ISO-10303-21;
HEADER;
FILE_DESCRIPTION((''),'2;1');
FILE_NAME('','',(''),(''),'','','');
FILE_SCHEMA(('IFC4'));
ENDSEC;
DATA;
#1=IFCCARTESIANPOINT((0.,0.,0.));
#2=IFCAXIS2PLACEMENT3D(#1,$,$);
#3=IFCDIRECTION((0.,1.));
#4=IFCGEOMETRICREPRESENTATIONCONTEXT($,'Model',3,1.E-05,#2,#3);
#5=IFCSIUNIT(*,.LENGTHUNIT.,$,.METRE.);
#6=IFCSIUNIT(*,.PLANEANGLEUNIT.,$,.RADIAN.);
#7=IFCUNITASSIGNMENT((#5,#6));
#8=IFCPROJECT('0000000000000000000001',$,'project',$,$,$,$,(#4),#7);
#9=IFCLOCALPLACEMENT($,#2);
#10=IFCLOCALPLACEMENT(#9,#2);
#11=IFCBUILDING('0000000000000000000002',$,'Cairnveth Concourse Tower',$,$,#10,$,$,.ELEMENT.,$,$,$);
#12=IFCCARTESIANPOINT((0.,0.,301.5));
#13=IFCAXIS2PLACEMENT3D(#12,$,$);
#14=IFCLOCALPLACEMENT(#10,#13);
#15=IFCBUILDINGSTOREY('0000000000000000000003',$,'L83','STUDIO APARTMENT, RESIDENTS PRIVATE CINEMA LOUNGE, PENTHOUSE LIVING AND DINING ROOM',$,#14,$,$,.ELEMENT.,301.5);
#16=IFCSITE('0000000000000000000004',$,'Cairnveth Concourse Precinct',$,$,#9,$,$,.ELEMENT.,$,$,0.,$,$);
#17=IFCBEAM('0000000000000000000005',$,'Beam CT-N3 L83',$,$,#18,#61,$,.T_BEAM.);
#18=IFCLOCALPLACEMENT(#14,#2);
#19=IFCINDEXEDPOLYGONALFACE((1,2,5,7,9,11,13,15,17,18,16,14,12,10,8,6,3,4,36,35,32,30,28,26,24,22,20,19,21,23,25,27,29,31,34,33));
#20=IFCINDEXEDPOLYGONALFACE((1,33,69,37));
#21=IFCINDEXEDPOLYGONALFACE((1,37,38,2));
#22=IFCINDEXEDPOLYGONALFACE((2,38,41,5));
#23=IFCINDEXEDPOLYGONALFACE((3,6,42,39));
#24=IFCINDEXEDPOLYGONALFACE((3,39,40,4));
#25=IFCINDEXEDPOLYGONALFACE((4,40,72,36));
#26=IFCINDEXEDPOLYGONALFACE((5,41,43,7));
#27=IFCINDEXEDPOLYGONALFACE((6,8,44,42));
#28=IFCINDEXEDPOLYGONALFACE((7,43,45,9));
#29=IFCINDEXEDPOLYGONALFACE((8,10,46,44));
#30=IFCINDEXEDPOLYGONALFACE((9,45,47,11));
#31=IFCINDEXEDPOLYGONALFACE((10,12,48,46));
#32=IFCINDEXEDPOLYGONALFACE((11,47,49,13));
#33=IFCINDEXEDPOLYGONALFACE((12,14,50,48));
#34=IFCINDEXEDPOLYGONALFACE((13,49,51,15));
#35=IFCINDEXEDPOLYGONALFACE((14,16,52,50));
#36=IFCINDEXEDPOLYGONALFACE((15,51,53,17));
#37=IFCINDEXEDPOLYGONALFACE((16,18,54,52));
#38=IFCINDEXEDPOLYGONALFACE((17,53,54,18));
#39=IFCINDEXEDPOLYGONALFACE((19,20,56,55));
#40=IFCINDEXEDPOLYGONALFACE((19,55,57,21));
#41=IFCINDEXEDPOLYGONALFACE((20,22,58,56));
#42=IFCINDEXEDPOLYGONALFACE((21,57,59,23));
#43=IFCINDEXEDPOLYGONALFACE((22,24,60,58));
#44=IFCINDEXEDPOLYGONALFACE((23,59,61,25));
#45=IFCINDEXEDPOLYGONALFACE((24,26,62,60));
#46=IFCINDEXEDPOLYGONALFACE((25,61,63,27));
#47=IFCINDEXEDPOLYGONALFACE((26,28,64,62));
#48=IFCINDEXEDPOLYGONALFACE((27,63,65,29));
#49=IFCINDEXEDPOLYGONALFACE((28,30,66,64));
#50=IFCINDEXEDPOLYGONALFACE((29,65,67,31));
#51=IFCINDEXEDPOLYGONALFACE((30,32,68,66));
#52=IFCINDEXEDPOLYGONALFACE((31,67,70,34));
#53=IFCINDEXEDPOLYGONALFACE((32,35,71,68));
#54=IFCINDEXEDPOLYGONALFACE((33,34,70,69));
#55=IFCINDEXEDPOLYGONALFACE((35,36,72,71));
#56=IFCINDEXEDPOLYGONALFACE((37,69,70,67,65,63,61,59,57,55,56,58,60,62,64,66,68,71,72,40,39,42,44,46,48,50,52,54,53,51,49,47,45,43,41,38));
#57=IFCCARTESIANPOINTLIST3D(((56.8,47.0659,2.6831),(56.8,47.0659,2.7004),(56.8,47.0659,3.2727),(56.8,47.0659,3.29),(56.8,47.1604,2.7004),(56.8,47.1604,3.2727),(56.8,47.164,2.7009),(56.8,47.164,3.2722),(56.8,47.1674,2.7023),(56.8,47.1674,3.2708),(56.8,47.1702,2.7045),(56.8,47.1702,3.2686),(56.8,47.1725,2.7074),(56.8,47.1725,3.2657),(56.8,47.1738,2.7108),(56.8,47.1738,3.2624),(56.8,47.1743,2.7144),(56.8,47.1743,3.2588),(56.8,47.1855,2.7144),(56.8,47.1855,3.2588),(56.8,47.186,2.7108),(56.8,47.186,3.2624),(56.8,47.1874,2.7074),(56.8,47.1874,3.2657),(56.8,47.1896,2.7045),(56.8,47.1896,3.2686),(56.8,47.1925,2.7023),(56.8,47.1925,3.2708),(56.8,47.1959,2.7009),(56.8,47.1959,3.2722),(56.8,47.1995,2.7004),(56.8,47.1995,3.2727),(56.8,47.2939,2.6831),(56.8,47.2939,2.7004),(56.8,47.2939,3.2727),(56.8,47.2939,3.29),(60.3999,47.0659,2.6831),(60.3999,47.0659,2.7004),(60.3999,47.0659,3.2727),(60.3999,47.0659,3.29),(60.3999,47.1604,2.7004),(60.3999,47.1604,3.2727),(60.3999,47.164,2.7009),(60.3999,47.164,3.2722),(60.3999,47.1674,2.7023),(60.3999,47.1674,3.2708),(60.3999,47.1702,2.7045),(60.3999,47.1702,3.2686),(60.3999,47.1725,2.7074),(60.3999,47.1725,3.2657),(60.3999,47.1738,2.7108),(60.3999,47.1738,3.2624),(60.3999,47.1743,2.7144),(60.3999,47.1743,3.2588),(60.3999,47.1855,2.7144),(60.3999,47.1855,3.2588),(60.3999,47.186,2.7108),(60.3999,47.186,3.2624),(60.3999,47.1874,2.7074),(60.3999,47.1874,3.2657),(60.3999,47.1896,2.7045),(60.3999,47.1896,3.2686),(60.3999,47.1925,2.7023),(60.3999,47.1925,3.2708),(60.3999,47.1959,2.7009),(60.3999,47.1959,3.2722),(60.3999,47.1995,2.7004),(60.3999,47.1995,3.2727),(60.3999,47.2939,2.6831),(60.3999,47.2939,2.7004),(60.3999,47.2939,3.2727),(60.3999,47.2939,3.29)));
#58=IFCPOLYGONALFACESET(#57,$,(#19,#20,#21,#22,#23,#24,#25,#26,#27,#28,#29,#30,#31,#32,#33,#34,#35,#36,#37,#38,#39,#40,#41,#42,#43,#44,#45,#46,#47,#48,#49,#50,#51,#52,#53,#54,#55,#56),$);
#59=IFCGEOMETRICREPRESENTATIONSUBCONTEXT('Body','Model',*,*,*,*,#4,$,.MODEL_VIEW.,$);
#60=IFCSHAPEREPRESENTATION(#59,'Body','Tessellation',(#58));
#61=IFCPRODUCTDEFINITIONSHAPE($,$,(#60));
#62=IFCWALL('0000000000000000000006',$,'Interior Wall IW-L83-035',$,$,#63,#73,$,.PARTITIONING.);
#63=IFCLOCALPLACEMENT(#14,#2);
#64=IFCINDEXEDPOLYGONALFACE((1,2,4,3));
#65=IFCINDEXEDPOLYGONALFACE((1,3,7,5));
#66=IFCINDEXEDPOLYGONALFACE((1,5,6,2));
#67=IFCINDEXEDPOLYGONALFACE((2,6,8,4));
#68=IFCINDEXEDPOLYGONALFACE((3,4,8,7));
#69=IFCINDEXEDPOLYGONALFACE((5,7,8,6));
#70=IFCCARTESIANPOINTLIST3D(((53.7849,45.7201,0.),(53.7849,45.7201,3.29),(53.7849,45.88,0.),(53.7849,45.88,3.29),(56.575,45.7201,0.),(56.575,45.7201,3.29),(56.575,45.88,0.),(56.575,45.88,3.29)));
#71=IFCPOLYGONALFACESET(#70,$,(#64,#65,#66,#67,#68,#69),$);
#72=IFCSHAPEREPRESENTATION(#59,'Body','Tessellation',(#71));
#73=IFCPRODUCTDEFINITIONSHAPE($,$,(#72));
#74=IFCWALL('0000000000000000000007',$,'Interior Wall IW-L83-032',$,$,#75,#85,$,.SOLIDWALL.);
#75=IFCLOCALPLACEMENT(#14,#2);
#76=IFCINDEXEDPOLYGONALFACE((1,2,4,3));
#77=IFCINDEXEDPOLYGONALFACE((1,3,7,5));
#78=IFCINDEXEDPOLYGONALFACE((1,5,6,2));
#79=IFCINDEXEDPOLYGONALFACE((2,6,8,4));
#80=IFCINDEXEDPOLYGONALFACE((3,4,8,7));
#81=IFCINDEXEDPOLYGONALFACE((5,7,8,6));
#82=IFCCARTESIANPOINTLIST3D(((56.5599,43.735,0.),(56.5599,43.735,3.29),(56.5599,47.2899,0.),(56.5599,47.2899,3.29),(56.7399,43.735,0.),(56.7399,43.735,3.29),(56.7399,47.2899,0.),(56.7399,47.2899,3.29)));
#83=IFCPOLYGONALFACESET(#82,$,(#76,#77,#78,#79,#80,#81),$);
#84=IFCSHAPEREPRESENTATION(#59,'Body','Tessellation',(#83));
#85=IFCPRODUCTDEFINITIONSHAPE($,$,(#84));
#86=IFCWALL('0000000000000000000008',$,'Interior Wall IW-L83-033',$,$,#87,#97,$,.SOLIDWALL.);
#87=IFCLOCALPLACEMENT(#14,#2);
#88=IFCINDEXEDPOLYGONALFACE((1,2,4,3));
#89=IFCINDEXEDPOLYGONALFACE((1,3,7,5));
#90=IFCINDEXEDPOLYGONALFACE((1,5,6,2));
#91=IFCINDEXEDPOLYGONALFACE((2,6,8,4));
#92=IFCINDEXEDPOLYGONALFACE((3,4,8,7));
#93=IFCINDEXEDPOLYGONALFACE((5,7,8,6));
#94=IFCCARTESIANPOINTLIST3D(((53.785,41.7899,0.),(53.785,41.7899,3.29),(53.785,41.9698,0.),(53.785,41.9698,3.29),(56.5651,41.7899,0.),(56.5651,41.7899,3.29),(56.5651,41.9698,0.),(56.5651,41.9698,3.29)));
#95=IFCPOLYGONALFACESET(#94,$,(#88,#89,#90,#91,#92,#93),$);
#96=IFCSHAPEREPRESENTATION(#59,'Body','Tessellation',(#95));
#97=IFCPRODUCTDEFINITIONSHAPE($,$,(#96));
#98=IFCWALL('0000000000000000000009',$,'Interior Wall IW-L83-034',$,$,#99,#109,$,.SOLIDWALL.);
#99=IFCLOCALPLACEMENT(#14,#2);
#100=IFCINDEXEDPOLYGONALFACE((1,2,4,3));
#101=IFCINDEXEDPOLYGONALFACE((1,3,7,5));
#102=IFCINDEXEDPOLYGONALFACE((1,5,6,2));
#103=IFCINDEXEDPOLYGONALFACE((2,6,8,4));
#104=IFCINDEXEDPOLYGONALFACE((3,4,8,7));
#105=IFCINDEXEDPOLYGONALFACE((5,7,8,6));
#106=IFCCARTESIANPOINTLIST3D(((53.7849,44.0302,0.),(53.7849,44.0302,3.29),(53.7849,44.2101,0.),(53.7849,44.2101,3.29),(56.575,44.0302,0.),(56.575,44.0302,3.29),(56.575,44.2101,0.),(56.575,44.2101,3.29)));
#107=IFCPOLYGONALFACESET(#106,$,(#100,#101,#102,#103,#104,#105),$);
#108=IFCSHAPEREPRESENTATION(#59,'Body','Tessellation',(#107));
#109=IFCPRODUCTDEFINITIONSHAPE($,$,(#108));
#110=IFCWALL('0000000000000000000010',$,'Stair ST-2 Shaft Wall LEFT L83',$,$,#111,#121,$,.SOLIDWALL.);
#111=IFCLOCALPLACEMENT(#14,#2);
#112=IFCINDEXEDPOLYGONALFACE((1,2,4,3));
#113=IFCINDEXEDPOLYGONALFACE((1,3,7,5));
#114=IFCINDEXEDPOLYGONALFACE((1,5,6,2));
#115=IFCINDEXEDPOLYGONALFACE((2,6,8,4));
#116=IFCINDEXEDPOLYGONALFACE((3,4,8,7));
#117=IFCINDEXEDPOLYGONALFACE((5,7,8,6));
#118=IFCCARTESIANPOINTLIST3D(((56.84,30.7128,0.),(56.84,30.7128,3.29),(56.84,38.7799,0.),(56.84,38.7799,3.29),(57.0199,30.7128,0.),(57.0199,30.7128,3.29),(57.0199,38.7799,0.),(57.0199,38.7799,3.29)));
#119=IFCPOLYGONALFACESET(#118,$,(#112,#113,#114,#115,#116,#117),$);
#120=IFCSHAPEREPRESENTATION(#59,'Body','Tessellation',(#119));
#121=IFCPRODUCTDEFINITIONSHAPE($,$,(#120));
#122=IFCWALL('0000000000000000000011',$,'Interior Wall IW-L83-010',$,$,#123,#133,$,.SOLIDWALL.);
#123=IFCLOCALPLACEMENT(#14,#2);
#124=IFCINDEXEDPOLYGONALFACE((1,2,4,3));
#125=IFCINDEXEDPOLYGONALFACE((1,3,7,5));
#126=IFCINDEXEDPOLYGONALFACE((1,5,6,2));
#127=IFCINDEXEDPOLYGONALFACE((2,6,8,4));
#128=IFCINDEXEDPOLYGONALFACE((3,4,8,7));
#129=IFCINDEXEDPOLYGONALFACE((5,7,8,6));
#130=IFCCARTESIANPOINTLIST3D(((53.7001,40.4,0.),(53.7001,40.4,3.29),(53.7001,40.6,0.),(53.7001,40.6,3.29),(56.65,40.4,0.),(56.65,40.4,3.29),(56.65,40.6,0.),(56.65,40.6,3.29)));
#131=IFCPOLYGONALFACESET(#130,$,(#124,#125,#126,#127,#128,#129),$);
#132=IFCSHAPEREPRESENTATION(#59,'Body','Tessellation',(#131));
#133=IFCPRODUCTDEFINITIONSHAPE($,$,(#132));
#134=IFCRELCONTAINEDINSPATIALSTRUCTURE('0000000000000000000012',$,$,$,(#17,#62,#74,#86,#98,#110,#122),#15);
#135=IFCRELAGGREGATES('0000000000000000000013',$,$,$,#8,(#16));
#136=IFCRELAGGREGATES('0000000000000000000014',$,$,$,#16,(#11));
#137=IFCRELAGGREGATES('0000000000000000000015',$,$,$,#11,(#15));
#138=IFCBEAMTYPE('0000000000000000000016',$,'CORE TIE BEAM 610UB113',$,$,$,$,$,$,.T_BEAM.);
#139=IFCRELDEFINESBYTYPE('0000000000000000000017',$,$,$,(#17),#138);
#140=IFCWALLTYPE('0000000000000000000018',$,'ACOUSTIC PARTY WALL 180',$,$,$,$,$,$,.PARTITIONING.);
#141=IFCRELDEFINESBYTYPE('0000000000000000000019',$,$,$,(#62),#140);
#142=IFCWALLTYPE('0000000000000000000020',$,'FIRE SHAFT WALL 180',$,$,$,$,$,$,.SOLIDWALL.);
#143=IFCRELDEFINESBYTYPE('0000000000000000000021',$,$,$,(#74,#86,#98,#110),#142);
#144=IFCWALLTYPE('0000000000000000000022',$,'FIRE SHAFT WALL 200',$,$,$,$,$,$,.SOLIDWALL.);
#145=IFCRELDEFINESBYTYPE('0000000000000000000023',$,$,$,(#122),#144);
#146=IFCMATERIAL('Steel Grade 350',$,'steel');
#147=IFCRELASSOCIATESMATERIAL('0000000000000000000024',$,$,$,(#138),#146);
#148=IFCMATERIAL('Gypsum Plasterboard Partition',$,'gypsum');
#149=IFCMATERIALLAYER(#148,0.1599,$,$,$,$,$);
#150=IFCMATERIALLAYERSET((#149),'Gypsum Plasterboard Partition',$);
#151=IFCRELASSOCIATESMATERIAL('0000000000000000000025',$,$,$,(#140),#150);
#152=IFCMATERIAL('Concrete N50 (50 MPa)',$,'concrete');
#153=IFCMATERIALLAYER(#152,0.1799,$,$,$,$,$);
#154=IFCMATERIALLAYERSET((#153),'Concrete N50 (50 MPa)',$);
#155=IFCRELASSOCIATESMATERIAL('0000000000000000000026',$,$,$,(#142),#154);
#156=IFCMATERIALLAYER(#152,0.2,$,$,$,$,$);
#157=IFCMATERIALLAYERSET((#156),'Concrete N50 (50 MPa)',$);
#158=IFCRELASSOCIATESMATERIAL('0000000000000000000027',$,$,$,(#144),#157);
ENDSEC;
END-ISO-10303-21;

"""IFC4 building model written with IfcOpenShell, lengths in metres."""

from ifc_helpers import new_model, si_unit, direction, frame, frame_2d, origin, origin_2d, place, context, subcontext, project, spatial, rectangle, i_section, extrude, material, layer, layer_set, material_profile, profile_set, type_object, element, save


model = new_model("IFC4")

# Units and contexts
model_context = context("Model", 3, precision=1e-05, world=origin(), true_north=direction((0.0, 1.0)))
body_context = subcontext(model_context, "Body", "Model", "MODEL_VIEW")
ifc_project = project(units=[si_unit("LENGTHUNIT", "METRE"), si_unit("PLANEANGLEUNIT", "RADIAN")], contexts=[model_context])

# Site, building, storey
site_placement = place(None, origin())
site = spatial("IfcSite", under=ifc_project, at=site_placement, Name="Cairnveth Concourse Precinct", CompositionType="ELEMENT", RefElevation=0.0)
building_placement = place(site_placement, origin())
building = spatial("IfcBuilding", under=site, at=building_placement, Name="Cairnveth Concourse Tower", CompositionType="ELEMENT")
storey_placement = place(building_placement, frame((0.0, 0.0, 301.5)))
storey = spatial("IfcBuildingStorey", under=building, at=storey_placement, Name="L83", Description="STUDIO APARTMENT, RESIDENTS PRIVATE CINEMA LOUNGE, PENTHOUSE LIVING AND DINING ROOM", CompositionType="ELEMENT", Elevation=301.5)

# Beam
ifc_material_1 = material(Name="Steel Grade 350", Category="steel")
ifc_material_profile = material_profile(ifc_material_1, i_section(OverallWidth=0.228, OverallDepth=0.6069, WebThickness=0.0112, FlangeThickness=0.0173, FilletRadius=0.0139, at=origin_2d()), Name="610UB113")
ifc_profile_set = profile_set([ifc_material_profile], Name="Steel Grade 350")
beam_type = type_object("IfcBeamType", Name="CORE TIE BEAM 610UB113", PredefinedType="T_BEAM", material=ifc_profile_set)
beam_placement = place(storey_placement, frame((56.8, 47.1799, 2.9866), z_axis=(1.0, 0.0, 0.0), x_axis=(0.0, 1.0, 0.0)))
element("IfcBeam", 1, at=beam_placement, inside=storey, type_object=beam_type, Name="Beam CT-N3 L83", PredefinedType="T_BEAM", context=body_context, shape_type="SweptSolid", body=[
    extrude(i_section(OverallWidth=0.228, OverallDepth=0.6069, WebThickness=0.0112, FlangeThickness=0.0173, FilletRadius=0.0139, at=origin_2d()), origin(), (0.0, 0.0, 1.0), 3.5999),
])

# Walls
ifc_material_2 = material(Name="Gypsum Plasterboard Partition", Category="gypsum")
ifc_layer_1 = layer(ifc_material_2, 0.1599)
ifc_layer_set_1 = layer_set([ifc_layer_1], Name="Gypsum Plasterboard Partition")
wall_type_1 = type_object("IfcWallType", Name="ACOUSTIC PARTY WALL 180", PredefinedType="PARTITIONING", material=ifc_layer_set_1)
wall_1_placement = place(storey_placement, frame((53.7849, 45.8, 0.0), z_axis=(0.0, 0.0, 1.0), x_axis=(1.0, 0.0, 0.0)))
element("IfcWall", 2, at=wall_1_placement, inside=storey, type_object=wall_type_1, Name="Interior Wall IW-L83-035", PredefinedType="PARTITIONING", context=body_context, shape_type="SweptSolid", body=[
    extrude(rectangle(XDim=2.79, YDim=0.1599, at=frame_2d((1.395, 0.0))), origin(), (0.0, 0.0, 1.0), 3.29),
])
ifc_material_3 = material(Name="Concrete N50 (50 MPa)", Category="concrete")
ifc_layer_2 = layer(ifc_material_3, 0.1799)
ifc_layer_set_2 = layer_set([ifc_layer_2], Name="Concrete N50 (50 MPa)")
wall_type_2 = type_object("IfcWallType", Name="FIRE SHAFT WALL 180", PredefinedType="SOLIDWALL", material=ifc_layer_set_2)
wall_2_placement = place(storey_placement, frame((56.6499, 43.7351, 0.0), z_axis=(0.0, 0.0, 1.0), x_axis=(0.0, 1.0, 0.0)))
element("IfcWall", 3, at=wall_2_placement, inside=storey, type_object=wall_type_2, Name="Interior Wall IW-L83-032", PredefinedType="SOLIDWALL", context=body_context, shape_type="SweptSolid", body=[
    extrude(rectangle(XDim=3.5549, YDim=0.1799, at=frame_2d((1.7773, 0.0))), origin(), (0.0, 0.0, 1.0), 3.29),
])
wall_3_placement = place(storey_placement, frame((53.7849, 41.8799, 0.0), z_axis=(0.0, 0.0, 1.0), x_axis=(1.0, 0.0, 0.0)))
element("IfcWall", 4, at=wall_3_placement, inside=storey, type_object=wall_type_2, Name="Interior Wall IW-L83-033", PredefinedType="SOLIDWALL", context=body_context, shape_type="SweptSolid", body=[
    extrude(rectangle(XDim=2.78, YDim=0.1799, at=frame_2d((1.3901, 0.0))), origin(), (0.0, 0.0, 1.0), 3.29),
])
wall_4_placement = place(storey_placement, frame((53.7849, 44.1201, 0.0), z_axis=(0.0, 0.0, 1.0), x_axis=(1.0, 0.0, 0.0)))
element("IfcWall", 5, at=wall_4_placement, inside=storey, type_object=wall_type_2, Name="Interior Wall IW-L83-034", PredefinedType="SOLIDWALL", context=body_context, shape_type="SweptSolid", body=[
    extrude(rectangle(XDim=2.79, YDim=0.1799, at=frame_2d((1.395, 0.0))), origin(), (0.0, 0.0, 1.0), 3.29),
])

# Walls
wall_5_placement = place(storey_placement, frame((56.9299, 38.78, 0.0), z_axis=(0.0, 0.0, 1.0), x_axis=(0.0, -1.0, 0.0)))
element("IfcWall", 6, at=wall_5_placement, inside=storey, type_object=wall_type_2, Name="Stair ST-2 Shaft Wall LEFT L83", PredefinedType="SOLIDWALL", context=body_context, shape_type="SweptSolid", body=[
    extrude(rectangle(XDim=8.0671, YDim=0.1799, at=frame_2d((4.0337, 0.0))), origin(), (0.0, 0.0, 1.0), 3.29),
])
ifc_layer_3 = layer(ifc_material_3, 0.2)
ifc_layer_set_3 = layer_set([ifc_layer_3], Name="Concrete N50 (50 MPa)")
wall_type_3 = type_object("IfcWallType", Name="FIRE SHAFT WALL 200", PredefinedType="SOLIDWALL", material=ifc_layer_set_3)
wall_6_placement = place(storey_placement, frame((53.7, 40.5, 0.0), z_axis=(0.0, 0.0, 1.0), x_axis=(1.0, 0.0, 0.0)))
element("IfcWall", 7, at=wall_6_placement, inside=storey, type_object=wall_type_3, Name="Interior Wall IW-L83-010", PredefinedType="SOLIDWALL", context=body_context, shape_type="SweptSolid", body=[
    extrude(rectangle(XDim=2.95, YDim=0.2, at=frame_2d((1.4751, 0.0))), origin(), (0.0, 0.0, 1.0), 3.29),
])

save(model, "model.ifc")
